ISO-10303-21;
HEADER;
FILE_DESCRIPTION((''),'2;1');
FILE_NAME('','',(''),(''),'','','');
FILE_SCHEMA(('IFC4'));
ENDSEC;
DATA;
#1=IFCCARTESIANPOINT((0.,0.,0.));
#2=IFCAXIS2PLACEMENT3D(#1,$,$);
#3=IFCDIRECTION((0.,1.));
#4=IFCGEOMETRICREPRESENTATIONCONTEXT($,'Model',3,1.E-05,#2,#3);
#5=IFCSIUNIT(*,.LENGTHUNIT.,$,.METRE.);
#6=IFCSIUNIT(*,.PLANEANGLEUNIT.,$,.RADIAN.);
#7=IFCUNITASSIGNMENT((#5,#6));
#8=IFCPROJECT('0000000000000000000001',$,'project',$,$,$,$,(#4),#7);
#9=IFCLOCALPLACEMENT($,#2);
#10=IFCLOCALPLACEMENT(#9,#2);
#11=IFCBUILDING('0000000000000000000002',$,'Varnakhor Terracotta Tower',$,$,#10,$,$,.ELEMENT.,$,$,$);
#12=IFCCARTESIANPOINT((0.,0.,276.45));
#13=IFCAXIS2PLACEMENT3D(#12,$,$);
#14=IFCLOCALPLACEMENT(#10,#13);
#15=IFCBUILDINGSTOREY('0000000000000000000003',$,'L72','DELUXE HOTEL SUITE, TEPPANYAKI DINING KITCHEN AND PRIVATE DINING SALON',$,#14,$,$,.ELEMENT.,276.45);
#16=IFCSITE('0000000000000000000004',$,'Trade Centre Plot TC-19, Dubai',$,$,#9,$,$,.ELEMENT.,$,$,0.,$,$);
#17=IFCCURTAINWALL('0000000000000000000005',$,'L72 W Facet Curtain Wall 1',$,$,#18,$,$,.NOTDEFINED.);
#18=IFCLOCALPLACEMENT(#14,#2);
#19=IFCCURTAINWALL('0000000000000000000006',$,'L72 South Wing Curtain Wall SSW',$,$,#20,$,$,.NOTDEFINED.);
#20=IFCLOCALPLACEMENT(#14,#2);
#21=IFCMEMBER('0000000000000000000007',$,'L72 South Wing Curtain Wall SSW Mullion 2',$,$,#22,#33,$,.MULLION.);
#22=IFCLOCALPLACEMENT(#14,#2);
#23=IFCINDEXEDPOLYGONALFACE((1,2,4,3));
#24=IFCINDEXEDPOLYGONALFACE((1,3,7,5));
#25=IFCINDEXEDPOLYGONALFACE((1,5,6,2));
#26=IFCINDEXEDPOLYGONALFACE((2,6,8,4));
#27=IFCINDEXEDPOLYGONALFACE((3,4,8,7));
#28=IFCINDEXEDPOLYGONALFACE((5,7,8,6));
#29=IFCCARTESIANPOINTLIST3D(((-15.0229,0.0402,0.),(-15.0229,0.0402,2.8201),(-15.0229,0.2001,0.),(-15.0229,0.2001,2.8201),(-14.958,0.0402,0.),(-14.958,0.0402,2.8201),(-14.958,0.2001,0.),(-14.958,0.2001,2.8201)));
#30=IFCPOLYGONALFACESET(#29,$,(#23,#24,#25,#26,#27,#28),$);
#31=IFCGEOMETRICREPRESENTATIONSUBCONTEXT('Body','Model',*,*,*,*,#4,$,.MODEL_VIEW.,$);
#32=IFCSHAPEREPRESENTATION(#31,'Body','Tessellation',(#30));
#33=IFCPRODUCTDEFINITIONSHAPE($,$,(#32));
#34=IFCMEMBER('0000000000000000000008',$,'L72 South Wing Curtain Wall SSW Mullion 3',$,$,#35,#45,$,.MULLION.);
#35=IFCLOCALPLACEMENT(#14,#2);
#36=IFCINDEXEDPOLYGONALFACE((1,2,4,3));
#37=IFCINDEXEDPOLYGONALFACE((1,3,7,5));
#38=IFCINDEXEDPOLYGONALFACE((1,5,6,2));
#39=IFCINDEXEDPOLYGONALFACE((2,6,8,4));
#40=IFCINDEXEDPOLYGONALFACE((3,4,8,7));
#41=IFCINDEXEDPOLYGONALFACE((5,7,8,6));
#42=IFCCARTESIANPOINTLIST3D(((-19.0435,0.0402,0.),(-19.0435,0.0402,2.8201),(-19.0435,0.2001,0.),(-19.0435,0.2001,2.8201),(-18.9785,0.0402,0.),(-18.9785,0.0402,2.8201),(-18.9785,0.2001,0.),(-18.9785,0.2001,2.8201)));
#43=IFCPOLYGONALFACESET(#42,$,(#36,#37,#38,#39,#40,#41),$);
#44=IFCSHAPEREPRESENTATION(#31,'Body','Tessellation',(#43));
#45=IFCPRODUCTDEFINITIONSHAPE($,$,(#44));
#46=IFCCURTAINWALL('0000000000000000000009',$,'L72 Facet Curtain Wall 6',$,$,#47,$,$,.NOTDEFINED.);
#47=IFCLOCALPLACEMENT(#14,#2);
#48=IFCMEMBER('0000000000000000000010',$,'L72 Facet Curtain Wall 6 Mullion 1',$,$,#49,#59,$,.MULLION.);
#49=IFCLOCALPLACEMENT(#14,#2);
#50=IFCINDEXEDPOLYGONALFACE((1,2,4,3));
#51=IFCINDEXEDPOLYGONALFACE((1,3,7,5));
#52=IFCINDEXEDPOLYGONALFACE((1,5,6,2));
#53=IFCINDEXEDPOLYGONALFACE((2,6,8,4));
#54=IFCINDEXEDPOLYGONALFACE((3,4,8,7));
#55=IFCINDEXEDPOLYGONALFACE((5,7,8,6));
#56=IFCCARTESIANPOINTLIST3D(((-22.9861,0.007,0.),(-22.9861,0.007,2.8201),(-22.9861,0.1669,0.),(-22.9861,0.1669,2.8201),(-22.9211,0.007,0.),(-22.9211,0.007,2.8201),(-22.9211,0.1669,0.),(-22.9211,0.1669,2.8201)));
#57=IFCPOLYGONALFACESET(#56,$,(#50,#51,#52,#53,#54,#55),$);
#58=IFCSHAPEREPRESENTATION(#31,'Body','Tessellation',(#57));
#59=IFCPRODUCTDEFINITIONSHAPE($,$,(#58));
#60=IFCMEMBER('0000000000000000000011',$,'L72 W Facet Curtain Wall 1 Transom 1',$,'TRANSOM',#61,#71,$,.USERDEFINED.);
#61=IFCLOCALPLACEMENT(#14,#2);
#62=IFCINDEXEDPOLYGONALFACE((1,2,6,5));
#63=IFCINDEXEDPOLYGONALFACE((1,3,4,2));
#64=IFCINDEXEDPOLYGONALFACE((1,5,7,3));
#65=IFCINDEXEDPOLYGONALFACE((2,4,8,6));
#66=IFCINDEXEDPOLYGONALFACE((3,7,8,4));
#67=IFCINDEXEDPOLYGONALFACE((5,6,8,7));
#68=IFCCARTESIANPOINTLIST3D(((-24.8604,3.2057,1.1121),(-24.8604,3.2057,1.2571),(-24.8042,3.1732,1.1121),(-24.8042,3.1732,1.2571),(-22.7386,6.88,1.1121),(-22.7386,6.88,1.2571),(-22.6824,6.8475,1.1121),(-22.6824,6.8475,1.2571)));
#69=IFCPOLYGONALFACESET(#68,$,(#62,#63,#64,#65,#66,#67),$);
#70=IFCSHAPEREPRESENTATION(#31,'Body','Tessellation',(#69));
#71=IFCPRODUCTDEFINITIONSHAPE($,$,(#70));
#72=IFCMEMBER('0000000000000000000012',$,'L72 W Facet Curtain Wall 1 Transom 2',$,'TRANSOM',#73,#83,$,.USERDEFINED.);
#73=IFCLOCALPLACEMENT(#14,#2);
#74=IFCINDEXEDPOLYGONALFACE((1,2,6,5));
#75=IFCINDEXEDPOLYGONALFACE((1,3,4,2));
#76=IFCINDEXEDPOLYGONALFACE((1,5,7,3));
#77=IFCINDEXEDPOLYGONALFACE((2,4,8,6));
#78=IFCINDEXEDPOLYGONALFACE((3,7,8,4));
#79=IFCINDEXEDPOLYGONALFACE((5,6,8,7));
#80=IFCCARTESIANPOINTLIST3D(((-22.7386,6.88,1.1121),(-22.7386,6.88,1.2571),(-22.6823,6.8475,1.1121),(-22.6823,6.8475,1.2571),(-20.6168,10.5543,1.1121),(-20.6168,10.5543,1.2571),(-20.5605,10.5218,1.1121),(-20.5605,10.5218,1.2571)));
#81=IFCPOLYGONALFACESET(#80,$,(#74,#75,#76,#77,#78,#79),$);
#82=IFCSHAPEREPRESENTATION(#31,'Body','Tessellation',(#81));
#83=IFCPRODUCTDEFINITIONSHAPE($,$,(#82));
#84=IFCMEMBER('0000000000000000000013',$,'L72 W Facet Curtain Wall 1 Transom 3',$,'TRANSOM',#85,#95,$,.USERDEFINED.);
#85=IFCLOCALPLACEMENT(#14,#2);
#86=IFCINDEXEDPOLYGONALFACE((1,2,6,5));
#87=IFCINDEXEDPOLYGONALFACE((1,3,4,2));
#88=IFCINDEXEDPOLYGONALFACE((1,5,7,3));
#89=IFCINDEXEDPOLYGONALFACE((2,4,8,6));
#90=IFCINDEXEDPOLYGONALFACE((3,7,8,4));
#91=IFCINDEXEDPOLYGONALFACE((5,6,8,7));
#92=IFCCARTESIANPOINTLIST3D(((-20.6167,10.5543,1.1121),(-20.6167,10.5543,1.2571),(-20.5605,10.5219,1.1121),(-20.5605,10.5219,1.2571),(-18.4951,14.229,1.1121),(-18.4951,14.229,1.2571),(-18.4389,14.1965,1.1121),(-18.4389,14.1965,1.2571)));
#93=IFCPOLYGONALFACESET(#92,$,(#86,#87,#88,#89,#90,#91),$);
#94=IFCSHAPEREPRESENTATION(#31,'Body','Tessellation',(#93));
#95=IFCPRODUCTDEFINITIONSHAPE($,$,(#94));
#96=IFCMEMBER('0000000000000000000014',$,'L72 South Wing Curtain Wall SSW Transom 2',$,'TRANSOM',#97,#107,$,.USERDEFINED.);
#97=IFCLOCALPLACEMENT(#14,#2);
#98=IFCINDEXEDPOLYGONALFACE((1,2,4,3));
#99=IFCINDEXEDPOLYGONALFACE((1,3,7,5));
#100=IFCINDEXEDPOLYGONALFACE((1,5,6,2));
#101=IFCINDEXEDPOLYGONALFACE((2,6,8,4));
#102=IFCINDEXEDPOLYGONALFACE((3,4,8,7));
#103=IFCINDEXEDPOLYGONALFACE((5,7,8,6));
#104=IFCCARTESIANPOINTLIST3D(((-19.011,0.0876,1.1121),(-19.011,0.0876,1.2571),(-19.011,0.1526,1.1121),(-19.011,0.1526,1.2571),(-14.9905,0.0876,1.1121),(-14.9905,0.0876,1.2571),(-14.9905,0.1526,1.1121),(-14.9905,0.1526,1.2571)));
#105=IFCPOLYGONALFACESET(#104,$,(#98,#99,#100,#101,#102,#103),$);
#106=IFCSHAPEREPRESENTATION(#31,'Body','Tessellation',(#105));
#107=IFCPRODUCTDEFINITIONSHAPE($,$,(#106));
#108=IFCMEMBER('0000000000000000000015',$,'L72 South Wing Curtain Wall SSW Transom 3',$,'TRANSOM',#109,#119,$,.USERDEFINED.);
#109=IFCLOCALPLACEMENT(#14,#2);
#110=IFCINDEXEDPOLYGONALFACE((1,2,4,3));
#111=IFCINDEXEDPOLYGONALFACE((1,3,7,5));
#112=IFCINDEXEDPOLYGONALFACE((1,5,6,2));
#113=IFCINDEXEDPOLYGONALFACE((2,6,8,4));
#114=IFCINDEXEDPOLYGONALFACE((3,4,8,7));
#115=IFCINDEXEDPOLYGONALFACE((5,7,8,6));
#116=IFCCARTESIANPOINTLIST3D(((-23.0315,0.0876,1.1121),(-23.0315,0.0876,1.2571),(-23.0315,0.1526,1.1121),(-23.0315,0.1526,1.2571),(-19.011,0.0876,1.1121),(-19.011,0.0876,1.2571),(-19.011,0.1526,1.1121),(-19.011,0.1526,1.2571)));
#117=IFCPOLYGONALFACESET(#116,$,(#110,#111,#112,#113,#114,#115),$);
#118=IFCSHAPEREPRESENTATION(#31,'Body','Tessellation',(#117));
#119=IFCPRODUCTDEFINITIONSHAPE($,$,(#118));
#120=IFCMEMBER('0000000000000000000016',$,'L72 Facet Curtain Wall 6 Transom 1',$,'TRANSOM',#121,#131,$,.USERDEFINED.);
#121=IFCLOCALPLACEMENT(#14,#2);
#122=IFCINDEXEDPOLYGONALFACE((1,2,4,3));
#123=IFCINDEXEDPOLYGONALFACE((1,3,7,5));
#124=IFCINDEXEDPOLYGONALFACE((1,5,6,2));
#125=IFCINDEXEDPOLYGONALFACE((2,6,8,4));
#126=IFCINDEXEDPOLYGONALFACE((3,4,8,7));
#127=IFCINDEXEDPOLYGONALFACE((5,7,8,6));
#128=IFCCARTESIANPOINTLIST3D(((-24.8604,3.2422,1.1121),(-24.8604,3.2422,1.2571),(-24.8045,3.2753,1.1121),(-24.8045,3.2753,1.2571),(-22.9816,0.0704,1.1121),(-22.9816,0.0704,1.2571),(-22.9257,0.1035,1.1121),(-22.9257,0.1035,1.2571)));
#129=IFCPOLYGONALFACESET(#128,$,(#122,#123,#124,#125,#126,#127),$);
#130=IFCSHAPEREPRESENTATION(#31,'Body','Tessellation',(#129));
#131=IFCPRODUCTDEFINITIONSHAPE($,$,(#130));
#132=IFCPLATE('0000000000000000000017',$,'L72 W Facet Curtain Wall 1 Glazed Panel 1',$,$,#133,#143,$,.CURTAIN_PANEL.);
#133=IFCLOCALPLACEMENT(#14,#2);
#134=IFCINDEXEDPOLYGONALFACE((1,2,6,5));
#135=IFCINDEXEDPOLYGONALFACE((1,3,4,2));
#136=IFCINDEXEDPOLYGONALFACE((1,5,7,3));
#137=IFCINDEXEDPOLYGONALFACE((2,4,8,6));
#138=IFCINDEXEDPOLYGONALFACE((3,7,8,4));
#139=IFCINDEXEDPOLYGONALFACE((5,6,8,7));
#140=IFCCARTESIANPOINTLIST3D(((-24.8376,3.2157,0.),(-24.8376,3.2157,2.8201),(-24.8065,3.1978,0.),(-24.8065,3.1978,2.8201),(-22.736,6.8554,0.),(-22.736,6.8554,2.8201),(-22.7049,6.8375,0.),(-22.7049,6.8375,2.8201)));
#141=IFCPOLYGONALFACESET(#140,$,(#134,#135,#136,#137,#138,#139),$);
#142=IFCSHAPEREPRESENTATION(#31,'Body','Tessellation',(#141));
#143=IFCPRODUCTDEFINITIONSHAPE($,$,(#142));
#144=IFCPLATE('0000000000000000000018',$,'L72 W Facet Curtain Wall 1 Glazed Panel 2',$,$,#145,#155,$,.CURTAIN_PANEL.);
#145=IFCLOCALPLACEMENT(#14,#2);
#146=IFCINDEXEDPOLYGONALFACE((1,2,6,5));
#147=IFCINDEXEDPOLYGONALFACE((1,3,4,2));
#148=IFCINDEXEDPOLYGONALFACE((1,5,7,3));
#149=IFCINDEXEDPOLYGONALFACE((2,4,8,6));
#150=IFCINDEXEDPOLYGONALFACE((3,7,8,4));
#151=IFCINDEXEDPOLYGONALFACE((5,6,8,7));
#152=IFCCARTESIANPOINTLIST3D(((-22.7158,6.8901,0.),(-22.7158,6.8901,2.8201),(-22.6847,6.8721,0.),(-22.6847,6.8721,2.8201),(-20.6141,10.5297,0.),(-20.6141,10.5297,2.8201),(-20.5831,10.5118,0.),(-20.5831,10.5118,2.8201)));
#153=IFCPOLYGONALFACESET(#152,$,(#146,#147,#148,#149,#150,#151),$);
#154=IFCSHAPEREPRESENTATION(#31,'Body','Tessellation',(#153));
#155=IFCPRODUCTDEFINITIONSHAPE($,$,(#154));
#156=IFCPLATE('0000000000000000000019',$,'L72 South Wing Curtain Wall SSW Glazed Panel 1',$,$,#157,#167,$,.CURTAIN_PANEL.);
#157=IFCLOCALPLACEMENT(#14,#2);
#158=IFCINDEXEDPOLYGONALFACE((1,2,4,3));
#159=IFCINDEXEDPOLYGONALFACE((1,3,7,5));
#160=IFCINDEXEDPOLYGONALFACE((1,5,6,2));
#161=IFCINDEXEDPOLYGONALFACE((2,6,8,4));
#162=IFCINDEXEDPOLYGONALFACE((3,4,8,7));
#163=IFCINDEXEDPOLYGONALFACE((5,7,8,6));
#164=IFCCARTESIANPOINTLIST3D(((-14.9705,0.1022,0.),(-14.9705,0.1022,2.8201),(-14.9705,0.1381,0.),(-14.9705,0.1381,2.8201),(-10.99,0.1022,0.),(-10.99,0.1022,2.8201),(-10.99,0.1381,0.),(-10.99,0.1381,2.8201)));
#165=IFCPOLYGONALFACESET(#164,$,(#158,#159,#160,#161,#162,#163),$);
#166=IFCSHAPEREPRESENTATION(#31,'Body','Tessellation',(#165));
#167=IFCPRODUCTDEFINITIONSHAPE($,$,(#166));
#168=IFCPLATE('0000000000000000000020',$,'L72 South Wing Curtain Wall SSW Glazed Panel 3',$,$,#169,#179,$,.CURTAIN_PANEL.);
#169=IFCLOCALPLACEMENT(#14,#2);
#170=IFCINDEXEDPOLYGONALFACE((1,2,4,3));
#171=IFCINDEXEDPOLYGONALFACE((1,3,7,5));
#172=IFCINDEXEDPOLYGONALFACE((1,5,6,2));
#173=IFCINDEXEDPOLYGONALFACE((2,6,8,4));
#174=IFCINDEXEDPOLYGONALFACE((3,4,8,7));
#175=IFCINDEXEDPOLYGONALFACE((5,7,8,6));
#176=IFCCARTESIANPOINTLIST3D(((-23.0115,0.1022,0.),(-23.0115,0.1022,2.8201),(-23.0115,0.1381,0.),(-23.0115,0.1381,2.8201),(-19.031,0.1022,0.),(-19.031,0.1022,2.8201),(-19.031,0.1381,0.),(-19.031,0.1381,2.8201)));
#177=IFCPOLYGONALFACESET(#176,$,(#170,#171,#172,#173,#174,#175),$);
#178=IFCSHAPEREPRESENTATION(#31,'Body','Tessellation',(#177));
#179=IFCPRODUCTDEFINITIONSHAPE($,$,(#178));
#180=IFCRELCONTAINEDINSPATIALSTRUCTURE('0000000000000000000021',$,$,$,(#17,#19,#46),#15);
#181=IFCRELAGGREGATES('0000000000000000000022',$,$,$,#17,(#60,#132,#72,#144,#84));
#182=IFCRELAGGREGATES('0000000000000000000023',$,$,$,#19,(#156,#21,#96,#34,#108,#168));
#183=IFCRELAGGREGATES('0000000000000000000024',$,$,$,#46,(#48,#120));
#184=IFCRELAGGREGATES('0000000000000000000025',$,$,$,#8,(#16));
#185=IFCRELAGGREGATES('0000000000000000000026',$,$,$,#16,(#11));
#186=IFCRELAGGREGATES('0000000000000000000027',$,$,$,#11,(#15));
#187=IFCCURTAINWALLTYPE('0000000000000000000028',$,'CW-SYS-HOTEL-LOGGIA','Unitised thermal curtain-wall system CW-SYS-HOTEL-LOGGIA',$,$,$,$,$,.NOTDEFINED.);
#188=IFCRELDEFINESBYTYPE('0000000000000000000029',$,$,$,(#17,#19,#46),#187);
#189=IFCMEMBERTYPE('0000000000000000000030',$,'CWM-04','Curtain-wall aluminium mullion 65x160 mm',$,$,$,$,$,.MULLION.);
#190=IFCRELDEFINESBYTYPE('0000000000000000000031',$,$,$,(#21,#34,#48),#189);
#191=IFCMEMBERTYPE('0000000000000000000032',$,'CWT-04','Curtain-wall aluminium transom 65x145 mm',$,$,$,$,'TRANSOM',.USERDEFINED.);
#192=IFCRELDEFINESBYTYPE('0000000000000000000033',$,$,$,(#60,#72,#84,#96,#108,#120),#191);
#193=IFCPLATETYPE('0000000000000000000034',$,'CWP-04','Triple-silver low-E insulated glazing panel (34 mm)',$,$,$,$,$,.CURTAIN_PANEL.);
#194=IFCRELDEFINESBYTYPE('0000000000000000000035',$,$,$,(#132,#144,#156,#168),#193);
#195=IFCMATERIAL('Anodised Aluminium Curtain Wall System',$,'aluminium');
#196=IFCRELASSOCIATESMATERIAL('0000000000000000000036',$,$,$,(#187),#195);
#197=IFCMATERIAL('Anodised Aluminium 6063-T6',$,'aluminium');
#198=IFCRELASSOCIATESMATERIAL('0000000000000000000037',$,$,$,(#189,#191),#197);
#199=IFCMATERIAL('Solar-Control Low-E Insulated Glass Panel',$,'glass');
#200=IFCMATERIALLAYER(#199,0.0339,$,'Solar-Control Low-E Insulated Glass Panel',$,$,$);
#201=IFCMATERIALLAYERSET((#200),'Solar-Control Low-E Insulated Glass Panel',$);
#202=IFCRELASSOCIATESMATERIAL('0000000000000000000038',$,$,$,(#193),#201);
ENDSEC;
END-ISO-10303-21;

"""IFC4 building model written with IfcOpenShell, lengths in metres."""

from ifc_helpers import new_model, si_unit, direction, frame, origin, origin_2d, place, context, subcontext, project, spatial, rectangle, extrude, source, transform, mapped, material, layer, layer_set, material_profile, profile_set, type_object, type_shapes, element, aggregate, save


model = new_model("IFC4")

# Units and contexts
model_context = context("Model", 3, precision=1e-05, world=origin(), true_north=direction((0.0, 1.0)))
body_context = subcontext(model_context, "Body", "Model", "MODEL_VIEW")
ifc_project = project(units=[si_unit("LENGTHUNIT", "METRE"), si_unit("PLANEANGLEUNIT", "RADIAN")], contexts=[model_context])

# Site, building, storey
site_placement = place(None, origin())
site = spatial("IfcSite", under=ifc_project, at=site_placement, Name="Trade Centre Plot TC-19, Dubai", CompositionType="ELEMENT", RefElevation=0.0)
building_placement = place(site_placement, origin())
building = spatial("IfcBuilding", under=site, at=building_placement, Name="Varnakhor Terracotta Tower", CompositionType="ELEMENT")
storey_placement = place(building_placement, frame((0.0, 0.0, 276.45)))
storey = spatial("IfcBuildingStorey", under=building, at=storey_placement, Name="L72", Description="DELUXE HOTEL SUITE, TEPPANYAKI DINING KITCHEN AND PRIVATE DINING SALON", CompositionType="ELEMENT", Elevation=276.45)

# Curtain walls, members
ifc_material_1 = material(Name="Anodised Aluminium Curtain Wall System", Category="aluminium")
curtain_wall_type = type_object("IfcCurtainWallType", Name="CW-SYS-HOTEL-LOGGIA", Description="Unitised thermal curtain-wall system CW-SYS-HOTEL-LOGGIA", PredefinedType="NOTDEFINED", material=ifc_material_1)
curtain_wall_1_placement = place(storey_placement, origin())
curtain_wall_1 = element("IfcCurtainWall", 1, at=curtain_wall_1_placement, inside=storey, type_object=curtain_wall_type, Name="L72 W Facet Curtain Wall 1", PredefinedType="NOTDEFINED")
ifc_material_2 = material(Name="Anodised Aluminium 6063-T6", Category="aluminium")
ifc_material_profile_1 = material_profile(ifc_material_2, rectangle(XDim=0.0649, YDim=0.1599, at=origin_2d()), Name="ALU MULLION 65x160")
ifc_profile_set_1 = profile_set([ifc_material_profile_1], Name="Anodised Aluminium 6063-T6")
member_type_1 = type_object("IfcMemberType", Name="CWM-04", Description="Curtain-wall aluminium mullion 65x160 mm", PredefinedType="MULLION", material=ifc_profile_set_1)
shared_shape_1 = source(origin(), body_context, "Body", "SweptSolid", [
    extrude(rectangle(XDim=0.0649, YDim=0.1599, at=origin_2d()), origin(), (0.0, 0.0, 1.0), 2.8201),
])
type_shapes(member_type_1, [shared_shape_1])
curtain_wall_2_placement = place(storey_placement, origin())
curtain_wall_2 = element("IfcCurtainWall", 2, at=curtain_wall_2_placement, inside=storey, type_object=curtain_wall_type, Name="L72 South Wing Curtain Wall SSW", PredefinedType="NOTDEFINED")
member_1_placement = place(storey_placement, frame((-14.9905, 0.1201, 0.0), z_axis=(0.0, 0.0, 1.0), x_axis=(1.0, 0.0, 0.0)))
member_1 = element("IfcMember", 3, at=member_1_placement, type_object=member_type_1, Name="L72 South Wing Curtain Wall SSW Mullion 2", PredefinedType="MULLION", context=body_context, shape_type="MappedRepresentation", body=[
    mapped(shared_shape_1, transform((0.0, 0.0, 0.0), scale=1.0)),
])
member_2_placement = place(storey_placement, frame((-19.011, 0.1201, 0.0), z_axis=(0.0, 0.0, 1.0), x_axis=(1.0, 0.0, 0.0)))
member_2 = element("IfcMember", 4, at=member_2_placement, type_object=member_type_1, Name="L72 South Wing Curtain Wall SSW Mullion 3", PredefinedType="MULLION", context=body_context, shape_type="MappedRepresentation", body=[
    mapped(shared_shape_1, transform((0.0, 0.0, 0.0), scale=1.0)),
])

# Curtain wall, member
curtain_wall_3_placement = place(storey_placement, origin())
curtain_wall_3 = element("IfcCurtainWall", 5, at=curtain_wall_3_placement, inside=storey, type_object=curtain_wall_type, Name="L72 Facet Curtain Wall 6", PredefinedType="NOTDEFINED")
member_3_placement = place(storey_placement, frame((-22.9536, 0.0869, 0.0), z_axis=(0.0, 0.0, 1.0), x_axis=(1.0, 0.0, 0.0)))
member_3 = element("IfcMember", 6, at=member_3_placement, type_object=member_type_1, Name="L72 Facet Curtain Wall 6 Mullion 1", PredefinedType="MULLION", context=body_context, shape_type="MappedRepresentation", body=[
    mapped(shared_shape_1, transform((0.0, 0.0, 0.0), scale=1.0)),
])

# Members
ifc_material_profile_2 = material_profile(ifc_material_2, rectangle(XDim=0.0649, YDim=0.145, at=origin_2d()), Name="ALU TRANSOM 65x145")
ifc_profile_set_2 = profile_set([ifc_material_profile_2], Name="Anodised Aluminium 6063-T6")
member_type_2 = type_object("IfcMemberType", Name="CWT-04", Description="Curtain-wall aluminium transom 65x145 mm", ElementType="TRANSOM", PredefinedType="USERDEFINED", material=ifc_profile_set_2)
shared_shape_2 = source(origin(), body_context, "Body", "SweptSolid", [
    extrude(rectangle(XDim=0.0649, YDim=0.145, at=origin_2d()), origin(), (0.0, 0.0, 1.0), 4.2429),
])
member_4_placement = place(storey_placement, frame((-24.8323, 3.1895, 1.1846), z_axis=(0.500081, 0.865979, 0.0), x_axis=(-0.865979, 0.500081, 0.0)))
member_4 = element("IfcMember", 7, at=member_4_placement, type_object=member_type_2, Name="L72 W Facet Curtain Wall 1 Transom 1", ObjectType="TRANSOM", PredefinedType="USERDEFINED", context=body_context, shape_type="MappedRepresentation", body=[
    mapped(shared_shape_2, transform((0.0, 0.0, 0.0), scale=1.0)),
])
member_5_placement = place(storey_placement, frame((-22.7104, 6.8638, 1.1846), z_axis=(0.500081, 0.865979, 0.0), x_axis=(-0.865979, 0.500081, 0.0)))
member_5 = element("IfcMember", 8, at=member_5_placement, type_object=member_type_2, Name="L72 W Facet Curtain Wall 1 Transom 2", ObjectType="TRANSOM", PredefinedType="USERDEFINED", context=body_context, shape_type="MappedRepresentation", body=[
    mapped(shared_shape_2, transform((0.0, 0.0, 0.0), scale=1.0)),
])
shared_shape_3 = source(origin(), body_context, "Body", "SweptSolid", [
    extrude(rectangle(XDim=0.0649, YDim=0.145, at=origin_2d()), origin(), (0.0, 0.0, 1.0), 4.2432),
])
member_6_placement = place(storey_placement, frame((-20.5886, 10.5381, 1.1846), z_axis=(0.500013, 0.866018, 0.0), x_axis=(-0.866018, 0.500013, 0.0)))
member_6 = element("IfcMember", 9, at=member_6_placement, type_object=member_type_2, Name="L72 W Facet Curtain Wall 1 Transom 3", ObjectType="TRANSOM", PredefinedType="USERDEFINED", context=body_context, shape_type="MappedRepresentation", body=[
    mapped(shared_shape_3, transform((0.0, 0.0, 0.0), scale=1.0)),
])
shared_shape_4 = source(origin(), body_context, "Body", "SweptSolid", [
    extrude(rectangle(XDim=0.0649, YDim=0.145, at=origin_2d()), origin(), (0.0, 0.0, 1.0), 4.0205),
])
member_7_placement = place(storey_placement, frame((-14.9905, 0.1201, 1.1846), z_axis=(-1.0, 0.0, 0.0), x_axis=(0.0, -1.0, 0.0)))
member_7 = element("IfcMember", 10, at=member_7_placement, type_object=member_type_2, Name="L72 South Wing Curtain Wall SSW Transom 2", ObjectType="TRANSOM", PredefinedType="USERDEFINED", context=body_context, shape_type="MappedRepresentation", body=[
    mapped(shared_shape_4, transform((0.0, 0.0, 0.0), scale=1.0)),
])
member_8_placement = place(storey_placement, frame((-19.011, 0.1201, 1.1846), z_axis=(-1.0, 0.0, 0.0), x_axis=(0.0, -1.0, 0.0)))
member_8 = element("IfcMember", 11, at=member_8_placement, type_object=member_type_2, Name="L72 South Wing Curtain Wall SSW Transom 3", ObjectType="TRANSOM", PredefinedType="USERDEFINED", context=body_context, shape_type="MappedRepresentation", body=[
    mapped(shared_shape_4, transform((0.0, 0.0, 0.0), scale=1.0)),
])
shared_shape_5 = source(origin(), body_context, "Body", "SweptSolid", [
    extrude(rectangle(XDim=0.0649, YDim=0.145, at=origin_2d()), origin(), (0.0, 0.0, 1.0), 3.6865),
])
member_9_placement = place(storey_placement, frame((-22.9536, 0.0869, 1.1846), z_axis=(-0.509657, 0.860378, 0.0), x_axis=(-0.860378, -0.509657, 0.0)))
member_9 = element("IfcMember", 12, at=member_9_placement, type_object=member_type_2, Name="L72 Facet Curtain Wall 6 Transom 1", ObjectType="TRANSOM", PredefinedType="USERDEFINED", context=body_context, shape_type="MappedRepresentation", body=[
    mapped(shared_shape_5, transform((0.0, 0.0, 0.0), scale=1.0)),
])

# Plates
ifc_material_3 = material(Name="Solar-Control Low-E Insulated Glass Panel", Category="glass")
ifc_layer_1 = layer(ifc_material_3, 0.0339, Name="Solar-Control Low-E Insulated Glass Panel")
ifc_layer_set_1 = layer_set([ifc_layer_1], Name="Solar-Control Low-E Insulated Glass Panel")
plate_type = type_object("IfcPlateType", Name="CWP-04", Description="Triple-silver low-E insulated glazing panel (34 mm)", PredefinedType="CURTAIN_PANEL", material=ifc_layer_set_1)
shared_shape_6 = source(origin(), body_context, "Body", "SweptSolid", [
    extrude(rectangle(XDim=4.2029, YDim=0.0359, at=origin_2d()), origin(), (0.0, 0.0, 1.0), 2.8201),
])
plate_1_placement = place(storey_placement, frame((-23.7712, 5.0266, 0.0), z_axis=(0.0, 0.0, 1.0), x_axis=(0.500045, 0.865999, 0.0)))
plate_1 = element("IfcPlate", 13, at=plate_1_placement, type_object=plate_type, Name="L72 W Facet Curtain Wall 1 Glazed Panel 1", PredefinedType="CURTAIN_PANEL", context=body_context, shape_type="MappedRepresentation", body=[
    mapped(shared_shape_6, transform((0.0, 0.0, 0.0), scale=1.0)),
])
plate_2_placement = place(storey_placement, frame((-21.6494, 8.7009, 0.0), z_axis=(0.0, 0.0, 1.0), x_axis=(0.500045, 0.865999, 0.0)))
plate_2 = element("IfcPlate", 14, at=plate_2_placement, type_object=plate_type, Name="L72 W Facet Curtain Wall 1 Glazed Panel 2", PredefinedType="CURTAIN_PANEL", context=body_context, shape_type="MappedRepresentation", body=[
    mapped(shared_shape_6, transform((0.0, 0.0, 0.0), scale=1.0)),
])
aggregate(curtain_wall_1, [member_4, plate_1, member_5, plate_2, member_6])
shared_shape_7 = source(origin(), body_context, "Body", "SweptSolid", [
    extrude(rectangle(XDim=3.9805, YDim=0.0359, at=origin_2d()), origin(), (0.0, 0.0, 1.0), 2.8201),
])
plate_3_placement = place(storey_placement, frame((-12.9802, 0.1201, 0.0), z_axis=(0.0, 0.0, 1.0), x_axis=(-1.0, 0.0, 0.0)))
plate_3 = element("IfcPlate", 15, at=plate_3_placement, type_object=plate_type, Name="L72 South Wing Curtain Wall SSW Glazed Panel 1", PredefinedType="CURTAIN_PANEL", context=body_context, shape_type="MappedRepresentation", body=[
    mapped(shared_shape_7, transform((0.0, 0.0, 0.0), scale=1.0)),
])
plate_4_placement = place(storey_placement, frame((-21.0212, 0.1201, 0.0), z_axis=(0.0, 0.0, 1.0), x_axis=(-1.0, 0.0, 0.0)))
plate_4 = element("IfcPlate", 16, at=plate_4_placement, type_object=plate_type, Name="L72 South Wing Curtain Wall SSW Glazed Panel 3", PredefinedType="CURTAIN_PANEL", context=body_context, shape_type="MappedRepresentation", body=[
    mapped(shared_shape_7, transform((0.0, 0.0, 0.0), scale=1.0)),
])
aggregate(curtain_wall_2, [plate_3, member_1, member_7, member_2, member_8, plate_4])
aggregate(curtain_wall_3, [member_3, member_9])

save(model, "model.ifc")
